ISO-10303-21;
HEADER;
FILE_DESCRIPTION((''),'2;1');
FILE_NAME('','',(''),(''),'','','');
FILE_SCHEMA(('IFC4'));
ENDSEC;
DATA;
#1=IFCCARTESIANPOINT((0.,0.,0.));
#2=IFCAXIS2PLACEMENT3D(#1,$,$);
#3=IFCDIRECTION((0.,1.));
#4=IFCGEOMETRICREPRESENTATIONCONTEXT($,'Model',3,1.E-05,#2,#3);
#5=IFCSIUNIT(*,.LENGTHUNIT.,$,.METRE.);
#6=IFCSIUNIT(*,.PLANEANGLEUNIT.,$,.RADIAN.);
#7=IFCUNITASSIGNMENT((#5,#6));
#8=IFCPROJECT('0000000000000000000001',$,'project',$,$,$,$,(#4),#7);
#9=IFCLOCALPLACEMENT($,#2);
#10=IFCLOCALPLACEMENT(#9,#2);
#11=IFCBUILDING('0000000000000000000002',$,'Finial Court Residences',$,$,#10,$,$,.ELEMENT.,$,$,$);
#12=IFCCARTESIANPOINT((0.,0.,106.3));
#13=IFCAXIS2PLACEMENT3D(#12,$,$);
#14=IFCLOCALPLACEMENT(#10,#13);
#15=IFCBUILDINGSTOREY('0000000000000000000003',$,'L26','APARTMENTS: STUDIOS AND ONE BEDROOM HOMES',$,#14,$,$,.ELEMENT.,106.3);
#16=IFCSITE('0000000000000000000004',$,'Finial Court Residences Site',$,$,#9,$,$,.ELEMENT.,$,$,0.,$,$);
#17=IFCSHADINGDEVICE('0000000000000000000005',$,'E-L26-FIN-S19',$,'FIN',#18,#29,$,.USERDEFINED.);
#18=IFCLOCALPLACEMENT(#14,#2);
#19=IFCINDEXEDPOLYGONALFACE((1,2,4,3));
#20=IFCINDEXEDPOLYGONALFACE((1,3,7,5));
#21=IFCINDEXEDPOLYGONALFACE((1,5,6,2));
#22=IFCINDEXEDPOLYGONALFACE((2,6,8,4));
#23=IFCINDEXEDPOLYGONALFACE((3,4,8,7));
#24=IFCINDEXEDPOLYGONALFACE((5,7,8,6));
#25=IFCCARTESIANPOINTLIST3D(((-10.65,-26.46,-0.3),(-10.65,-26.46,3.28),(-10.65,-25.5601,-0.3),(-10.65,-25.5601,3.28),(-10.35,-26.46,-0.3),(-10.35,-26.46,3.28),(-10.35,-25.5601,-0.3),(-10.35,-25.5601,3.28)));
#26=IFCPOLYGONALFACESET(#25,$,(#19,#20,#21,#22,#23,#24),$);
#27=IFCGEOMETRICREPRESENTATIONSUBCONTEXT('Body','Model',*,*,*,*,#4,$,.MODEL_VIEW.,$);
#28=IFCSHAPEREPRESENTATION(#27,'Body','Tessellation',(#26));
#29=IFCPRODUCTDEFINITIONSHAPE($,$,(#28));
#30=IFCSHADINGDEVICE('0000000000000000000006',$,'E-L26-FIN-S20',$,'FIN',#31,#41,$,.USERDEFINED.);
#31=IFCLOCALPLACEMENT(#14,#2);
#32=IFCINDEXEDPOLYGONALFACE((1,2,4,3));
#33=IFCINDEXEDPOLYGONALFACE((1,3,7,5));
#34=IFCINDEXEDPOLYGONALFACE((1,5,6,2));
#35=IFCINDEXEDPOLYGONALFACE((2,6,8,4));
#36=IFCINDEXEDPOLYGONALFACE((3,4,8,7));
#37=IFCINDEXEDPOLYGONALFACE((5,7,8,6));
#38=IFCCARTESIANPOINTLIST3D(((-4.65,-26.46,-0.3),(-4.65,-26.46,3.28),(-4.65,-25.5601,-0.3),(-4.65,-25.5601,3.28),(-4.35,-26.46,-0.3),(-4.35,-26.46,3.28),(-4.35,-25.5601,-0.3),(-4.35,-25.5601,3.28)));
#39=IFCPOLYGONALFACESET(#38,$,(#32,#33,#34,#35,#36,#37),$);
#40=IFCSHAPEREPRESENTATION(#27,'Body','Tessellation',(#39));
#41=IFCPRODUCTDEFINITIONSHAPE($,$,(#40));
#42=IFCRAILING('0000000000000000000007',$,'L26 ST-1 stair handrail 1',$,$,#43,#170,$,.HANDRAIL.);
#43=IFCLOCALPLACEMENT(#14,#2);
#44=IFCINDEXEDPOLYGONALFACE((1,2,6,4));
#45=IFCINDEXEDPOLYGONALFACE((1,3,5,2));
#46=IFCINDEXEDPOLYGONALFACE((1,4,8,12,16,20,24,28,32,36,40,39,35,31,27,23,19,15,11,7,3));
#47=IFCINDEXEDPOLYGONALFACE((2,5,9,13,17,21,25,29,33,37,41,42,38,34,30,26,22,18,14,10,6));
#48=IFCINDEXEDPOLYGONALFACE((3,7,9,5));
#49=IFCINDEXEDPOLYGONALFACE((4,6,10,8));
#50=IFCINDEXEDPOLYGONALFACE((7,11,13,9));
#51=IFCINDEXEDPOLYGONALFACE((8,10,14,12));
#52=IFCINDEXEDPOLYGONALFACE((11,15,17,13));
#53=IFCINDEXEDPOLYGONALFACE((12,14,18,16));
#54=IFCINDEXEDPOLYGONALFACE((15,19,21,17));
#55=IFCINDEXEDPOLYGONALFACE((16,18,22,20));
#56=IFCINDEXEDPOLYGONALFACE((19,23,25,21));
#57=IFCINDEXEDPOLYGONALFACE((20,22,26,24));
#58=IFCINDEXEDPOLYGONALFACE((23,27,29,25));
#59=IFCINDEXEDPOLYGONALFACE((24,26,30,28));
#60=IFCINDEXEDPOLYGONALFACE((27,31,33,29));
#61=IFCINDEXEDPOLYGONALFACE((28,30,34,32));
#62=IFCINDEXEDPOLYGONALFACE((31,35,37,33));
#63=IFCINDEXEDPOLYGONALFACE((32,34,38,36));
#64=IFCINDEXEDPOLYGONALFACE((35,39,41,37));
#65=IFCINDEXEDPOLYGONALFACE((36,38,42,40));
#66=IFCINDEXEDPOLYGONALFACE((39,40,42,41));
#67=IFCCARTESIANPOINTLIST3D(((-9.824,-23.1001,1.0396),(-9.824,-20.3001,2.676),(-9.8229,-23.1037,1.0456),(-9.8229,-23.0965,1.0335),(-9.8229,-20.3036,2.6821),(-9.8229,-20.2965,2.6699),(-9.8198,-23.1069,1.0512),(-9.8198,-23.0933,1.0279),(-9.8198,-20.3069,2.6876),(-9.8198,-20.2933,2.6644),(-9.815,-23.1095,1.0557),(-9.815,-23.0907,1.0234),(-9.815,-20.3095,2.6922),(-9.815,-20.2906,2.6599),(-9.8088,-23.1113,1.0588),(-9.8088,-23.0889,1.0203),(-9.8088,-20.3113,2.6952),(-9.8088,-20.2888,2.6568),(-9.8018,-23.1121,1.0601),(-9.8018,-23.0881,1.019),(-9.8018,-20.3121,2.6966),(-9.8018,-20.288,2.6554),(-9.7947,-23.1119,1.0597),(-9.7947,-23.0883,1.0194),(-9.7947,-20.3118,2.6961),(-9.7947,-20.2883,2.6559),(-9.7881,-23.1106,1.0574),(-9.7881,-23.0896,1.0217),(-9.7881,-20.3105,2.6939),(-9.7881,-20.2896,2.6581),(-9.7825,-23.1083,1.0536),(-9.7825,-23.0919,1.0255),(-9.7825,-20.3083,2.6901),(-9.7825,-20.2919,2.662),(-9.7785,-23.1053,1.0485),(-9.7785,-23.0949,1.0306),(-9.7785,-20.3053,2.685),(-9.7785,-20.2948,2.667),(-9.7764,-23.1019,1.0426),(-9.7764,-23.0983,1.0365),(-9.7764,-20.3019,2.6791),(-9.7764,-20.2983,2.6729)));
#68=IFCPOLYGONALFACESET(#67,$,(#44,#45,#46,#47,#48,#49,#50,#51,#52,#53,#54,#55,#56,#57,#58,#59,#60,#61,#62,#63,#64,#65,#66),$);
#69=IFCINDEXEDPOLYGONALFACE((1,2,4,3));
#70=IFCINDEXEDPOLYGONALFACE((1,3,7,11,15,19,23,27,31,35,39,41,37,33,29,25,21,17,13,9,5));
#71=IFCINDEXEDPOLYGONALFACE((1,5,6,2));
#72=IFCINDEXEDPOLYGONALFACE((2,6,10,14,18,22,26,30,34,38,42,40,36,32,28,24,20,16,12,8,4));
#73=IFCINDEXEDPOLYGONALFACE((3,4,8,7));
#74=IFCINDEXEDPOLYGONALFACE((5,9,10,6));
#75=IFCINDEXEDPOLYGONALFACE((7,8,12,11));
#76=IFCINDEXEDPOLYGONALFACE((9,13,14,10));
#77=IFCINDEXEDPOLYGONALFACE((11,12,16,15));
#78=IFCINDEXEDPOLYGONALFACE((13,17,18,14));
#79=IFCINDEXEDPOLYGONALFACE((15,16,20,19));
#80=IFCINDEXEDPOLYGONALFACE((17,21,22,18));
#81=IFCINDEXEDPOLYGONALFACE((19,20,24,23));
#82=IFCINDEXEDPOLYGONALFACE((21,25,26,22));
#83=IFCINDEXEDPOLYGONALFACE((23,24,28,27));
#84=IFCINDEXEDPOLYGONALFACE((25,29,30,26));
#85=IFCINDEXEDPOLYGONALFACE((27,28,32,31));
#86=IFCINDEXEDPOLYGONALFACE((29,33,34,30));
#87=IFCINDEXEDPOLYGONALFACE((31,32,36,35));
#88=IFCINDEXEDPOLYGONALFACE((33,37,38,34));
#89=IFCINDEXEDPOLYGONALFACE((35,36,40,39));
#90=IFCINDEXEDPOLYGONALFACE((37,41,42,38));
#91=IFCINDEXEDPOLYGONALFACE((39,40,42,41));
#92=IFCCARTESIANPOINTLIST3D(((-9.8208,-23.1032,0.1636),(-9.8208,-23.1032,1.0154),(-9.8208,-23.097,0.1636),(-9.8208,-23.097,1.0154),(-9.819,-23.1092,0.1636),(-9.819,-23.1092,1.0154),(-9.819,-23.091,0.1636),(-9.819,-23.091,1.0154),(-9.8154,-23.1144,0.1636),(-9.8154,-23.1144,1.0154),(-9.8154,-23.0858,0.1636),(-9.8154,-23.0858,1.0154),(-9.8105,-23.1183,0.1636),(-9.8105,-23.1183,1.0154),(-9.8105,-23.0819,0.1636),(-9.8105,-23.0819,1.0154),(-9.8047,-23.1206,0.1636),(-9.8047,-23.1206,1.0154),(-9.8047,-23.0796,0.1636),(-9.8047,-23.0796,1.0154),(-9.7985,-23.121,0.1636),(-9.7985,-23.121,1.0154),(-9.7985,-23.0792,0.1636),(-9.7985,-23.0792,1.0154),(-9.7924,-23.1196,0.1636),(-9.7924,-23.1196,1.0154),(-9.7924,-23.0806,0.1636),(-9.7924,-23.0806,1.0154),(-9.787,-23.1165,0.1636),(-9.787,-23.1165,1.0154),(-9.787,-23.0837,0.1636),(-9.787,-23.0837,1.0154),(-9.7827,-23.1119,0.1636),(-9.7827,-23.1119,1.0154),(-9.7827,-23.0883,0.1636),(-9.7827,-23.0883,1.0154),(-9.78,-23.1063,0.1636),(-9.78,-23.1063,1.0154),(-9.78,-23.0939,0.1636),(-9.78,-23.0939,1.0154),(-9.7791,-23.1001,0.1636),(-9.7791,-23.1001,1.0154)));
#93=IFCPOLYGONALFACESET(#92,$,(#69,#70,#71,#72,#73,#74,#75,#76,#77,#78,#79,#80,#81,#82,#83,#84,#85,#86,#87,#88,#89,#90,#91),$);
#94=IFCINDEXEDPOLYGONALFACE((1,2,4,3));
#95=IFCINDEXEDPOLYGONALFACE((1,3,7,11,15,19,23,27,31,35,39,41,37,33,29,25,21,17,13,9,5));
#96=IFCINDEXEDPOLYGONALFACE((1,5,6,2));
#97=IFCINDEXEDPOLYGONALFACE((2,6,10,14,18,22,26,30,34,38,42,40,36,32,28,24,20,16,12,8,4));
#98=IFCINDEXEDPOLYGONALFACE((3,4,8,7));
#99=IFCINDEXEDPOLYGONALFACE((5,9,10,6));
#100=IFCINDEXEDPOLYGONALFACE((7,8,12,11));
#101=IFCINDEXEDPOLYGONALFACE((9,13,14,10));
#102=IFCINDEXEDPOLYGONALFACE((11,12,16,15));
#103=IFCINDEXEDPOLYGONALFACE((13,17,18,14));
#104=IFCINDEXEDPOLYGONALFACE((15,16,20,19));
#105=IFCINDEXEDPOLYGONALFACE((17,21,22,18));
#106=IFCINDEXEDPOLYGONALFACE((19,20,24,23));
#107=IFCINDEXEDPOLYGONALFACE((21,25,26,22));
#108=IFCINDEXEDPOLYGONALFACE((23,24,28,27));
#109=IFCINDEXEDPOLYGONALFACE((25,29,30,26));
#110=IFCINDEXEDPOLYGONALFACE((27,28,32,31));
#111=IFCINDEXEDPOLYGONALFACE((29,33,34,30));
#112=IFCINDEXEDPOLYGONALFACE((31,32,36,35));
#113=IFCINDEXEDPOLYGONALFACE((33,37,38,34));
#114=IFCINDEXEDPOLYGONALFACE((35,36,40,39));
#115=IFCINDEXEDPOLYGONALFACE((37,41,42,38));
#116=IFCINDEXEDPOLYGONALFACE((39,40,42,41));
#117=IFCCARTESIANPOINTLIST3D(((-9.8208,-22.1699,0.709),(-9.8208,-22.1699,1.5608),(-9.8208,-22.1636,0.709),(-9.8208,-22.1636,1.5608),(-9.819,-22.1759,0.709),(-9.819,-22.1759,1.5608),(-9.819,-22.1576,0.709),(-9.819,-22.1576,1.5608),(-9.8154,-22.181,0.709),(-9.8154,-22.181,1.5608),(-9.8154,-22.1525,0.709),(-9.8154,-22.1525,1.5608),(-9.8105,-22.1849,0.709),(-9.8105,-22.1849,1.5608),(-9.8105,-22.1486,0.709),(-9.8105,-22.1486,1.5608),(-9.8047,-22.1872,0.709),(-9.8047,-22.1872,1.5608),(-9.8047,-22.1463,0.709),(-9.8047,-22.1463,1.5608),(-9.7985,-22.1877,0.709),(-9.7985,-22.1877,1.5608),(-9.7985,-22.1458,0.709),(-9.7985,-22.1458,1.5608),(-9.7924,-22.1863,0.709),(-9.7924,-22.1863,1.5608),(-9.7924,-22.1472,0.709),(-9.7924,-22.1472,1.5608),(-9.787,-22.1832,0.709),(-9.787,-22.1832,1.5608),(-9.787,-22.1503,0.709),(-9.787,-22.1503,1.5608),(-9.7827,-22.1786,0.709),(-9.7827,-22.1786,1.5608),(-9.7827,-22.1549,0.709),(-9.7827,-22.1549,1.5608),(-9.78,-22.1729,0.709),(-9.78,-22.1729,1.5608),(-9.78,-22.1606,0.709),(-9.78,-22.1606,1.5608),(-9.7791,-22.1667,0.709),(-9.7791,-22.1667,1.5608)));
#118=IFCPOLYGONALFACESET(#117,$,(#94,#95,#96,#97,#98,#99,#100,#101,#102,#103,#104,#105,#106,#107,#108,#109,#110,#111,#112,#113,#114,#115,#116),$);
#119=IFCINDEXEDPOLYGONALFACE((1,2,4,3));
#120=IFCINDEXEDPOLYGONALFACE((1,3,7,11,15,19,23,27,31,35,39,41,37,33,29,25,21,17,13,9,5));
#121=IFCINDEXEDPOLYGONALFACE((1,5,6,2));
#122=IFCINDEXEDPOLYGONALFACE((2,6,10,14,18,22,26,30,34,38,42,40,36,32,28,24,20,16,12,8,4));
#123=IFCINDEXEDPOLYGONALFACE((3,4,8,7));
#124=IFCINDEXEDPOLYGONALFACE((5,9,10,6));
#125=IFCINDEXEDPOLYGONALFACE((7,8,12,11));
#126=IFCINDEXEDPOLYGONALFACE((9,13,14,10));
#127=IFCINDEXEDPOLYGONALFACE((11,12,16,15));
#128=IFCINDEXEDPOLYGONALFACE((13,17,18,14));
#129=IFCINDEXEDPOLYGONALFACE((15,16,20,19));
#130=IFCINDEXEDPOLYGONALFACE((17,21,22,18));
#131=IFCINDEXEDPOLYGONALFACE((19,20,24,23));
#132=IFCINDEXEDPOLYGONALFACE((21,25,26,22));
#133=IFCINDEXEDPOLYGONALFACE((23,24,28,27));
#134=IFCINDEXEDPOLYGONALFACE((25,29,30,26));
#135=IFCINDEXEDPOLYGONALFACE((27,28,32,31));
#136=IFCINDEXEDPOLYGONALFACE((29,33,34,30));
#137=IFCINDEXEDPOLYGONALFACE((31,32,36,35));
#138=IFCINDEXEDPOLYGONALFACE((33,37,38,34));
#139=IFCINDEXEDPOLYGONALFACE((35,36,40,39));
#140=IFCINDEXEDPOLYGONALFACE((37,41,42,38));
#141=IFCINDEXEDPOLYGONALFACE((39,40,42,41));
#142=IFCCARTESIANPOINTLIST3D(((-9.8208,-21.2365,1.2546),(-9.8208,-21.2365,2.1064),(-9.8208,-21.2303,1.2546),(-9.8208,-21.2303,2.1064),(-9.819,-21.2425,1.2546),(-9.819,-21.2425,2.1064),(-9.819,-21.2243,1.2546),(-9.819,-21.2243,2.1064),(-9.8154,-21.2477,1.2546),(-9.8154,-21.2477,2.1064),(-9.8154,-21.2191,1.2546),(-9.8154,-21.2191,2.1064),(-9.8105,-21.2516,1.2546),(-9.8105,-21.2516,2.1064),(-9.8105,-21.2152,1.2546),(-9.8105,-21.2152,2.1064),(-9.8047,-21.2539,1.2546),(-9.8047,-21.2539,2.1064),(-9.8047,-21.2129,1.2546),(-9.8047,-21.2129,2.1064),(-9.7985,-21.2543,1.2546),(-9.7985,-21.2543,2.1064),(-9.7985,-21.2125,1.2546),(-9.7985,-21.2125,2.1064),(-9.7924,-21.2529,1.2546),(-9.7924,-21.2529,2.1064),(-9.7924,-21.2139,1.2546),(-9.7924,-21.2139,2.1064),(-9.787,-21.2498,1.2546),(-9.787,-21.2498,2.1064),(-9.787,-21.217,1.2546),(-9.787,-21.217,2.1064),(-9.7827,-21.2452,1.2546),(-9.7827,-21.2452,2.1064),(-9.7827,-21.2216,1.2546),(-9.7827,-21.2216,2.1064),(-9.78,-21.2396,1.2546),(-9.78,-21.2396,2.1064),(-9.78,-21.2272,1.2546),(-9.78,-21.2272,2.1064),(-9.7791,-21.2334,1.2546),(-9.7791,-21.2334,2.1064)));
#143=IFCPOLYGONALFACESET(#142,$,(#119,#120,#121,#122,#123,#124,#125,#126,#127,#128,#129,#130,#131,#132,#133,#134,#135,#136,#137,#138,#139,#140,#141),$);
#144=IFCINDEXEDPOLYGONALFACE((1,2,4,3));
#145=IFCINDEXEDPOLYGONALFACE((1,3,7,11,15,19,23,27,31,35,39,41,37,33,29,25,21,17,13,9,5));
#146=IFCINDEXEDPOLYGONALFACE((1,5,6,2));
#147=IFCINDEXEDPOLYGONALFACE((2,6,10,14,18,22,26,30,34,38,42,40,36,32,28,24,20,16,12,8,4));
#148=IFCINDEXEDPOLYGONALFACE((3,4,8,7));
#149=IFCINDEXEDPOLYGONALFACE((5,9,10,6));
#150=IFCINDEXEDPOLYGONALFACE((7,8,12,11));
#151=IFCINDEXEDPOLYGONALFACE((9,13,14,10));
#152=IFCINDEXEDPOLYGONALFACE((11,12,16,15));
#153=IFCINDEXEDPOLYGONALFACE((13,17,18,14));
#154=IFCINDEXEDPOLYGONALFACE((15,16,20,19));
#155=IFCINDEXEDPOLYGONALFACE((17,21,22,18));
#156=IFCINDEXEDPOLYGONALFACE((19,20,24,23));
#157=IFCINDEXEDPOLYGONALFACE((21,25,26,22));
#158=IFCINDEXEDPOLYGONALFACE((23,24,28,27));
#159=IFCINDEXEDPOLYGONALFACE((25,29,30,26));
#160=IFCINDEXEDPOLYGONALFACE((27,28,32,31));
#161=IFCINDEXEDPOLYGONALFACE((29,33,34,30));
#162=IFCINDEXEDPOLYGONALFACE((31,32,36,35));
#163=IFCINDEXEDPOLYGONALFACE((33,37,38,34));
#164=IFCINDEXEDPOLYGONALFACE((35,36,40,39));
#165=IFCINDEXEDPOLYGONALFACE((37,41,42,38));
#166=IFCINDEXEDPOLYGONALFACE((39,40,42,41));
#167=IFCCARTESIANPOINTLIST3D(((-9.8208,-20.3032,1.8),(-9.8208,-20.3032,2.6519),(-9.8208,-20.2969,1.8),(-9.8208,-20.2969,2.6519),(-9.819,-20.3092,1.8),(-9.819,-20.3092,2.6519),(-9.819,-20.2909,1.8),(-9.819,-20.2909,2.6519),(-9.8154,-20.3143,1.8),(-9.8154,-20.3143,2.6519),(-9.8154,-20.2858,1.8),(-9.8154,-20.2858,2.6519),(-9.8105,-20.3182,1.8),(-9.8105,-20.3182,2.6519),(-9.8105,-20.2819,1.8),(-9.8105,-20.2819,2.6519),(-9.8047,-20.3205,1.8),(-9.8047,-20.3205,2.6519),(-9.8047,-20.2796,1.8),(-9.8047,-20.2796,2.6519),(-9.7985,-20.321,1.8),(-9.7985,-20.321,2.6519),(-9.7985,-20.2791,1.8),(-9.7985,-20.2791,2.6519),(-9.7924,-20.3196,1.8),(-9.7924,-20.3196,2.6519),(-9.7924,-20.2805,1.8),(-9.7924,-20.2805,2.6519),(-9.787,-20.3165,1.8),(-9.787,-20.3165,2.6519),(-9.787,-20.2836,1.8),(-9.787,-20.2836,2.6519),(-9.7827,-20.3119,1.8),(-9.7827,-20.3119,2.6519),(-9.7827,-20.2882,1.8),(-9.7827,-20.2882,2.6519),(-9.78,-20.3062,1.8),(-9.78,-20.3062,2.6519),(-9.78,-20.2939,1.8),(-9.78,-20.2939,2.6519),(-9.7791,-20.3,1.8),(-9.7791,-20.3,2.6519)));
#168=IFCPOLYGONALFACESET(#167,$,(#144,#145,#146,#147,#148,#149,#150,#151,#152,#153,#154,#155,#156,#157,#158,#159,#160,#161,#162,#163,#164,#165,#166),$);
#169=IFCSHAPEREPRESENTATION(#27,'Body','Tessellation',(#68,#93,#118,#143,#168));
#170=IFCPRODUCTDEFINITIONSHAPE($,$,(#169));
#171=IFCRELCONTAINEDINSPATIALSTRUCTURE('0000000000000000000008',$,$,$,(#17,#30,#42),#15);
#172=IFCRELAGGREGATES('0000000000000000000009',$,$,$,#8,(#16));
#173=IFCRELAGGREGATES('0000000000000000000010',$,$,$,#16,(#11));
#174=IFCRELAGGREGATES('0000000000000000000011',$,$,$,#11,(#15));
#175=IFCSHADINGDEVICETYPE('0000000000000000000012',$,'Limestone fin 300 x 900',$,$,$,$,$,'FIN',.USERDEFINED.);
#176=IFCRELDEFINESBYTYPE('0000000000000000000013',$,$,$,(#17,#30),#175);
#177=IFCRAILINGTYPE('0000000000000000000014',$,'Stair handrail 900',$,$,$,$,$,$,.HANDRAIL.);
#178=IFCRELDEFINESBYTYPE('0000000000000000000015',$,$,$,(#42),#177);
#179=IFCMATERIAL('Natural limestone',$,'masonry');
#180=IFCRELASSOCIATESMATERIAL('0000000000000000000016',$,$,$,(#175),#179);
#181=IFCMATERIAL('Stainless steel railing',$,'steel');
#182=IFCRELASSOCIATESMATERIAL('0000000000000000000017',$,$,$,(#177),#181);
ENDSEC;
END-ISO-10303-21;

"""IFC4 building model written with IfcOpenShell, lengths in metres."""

from ifc_helpers import new_model, si_unit, direction, frame, origin, origin_2d, place, context, subcontext, project, spatial, rectangle, circle, extrude, material, type_object, element, save


model = new_model("IFC4")

# Units and contexts
model_context = context("Model", 3, precision=1e-05, world=origin(), true_north=direction((0.0, 1.0)))
body_context = subcontext(model_context, "Body", "Model", "MODEL_VIEW")
ifc_project = project(units=[si_unit("LENGTHUNIT", "METRE"), si_unit("PLANEANGLEUNIT", "RADIAN")], contexts=[model_context])

# Site, building, storey
site_placement = place(None, origin())
site = spatial("IfcSite", under=ifc_project, at=site_placement, Name="Finial Court Residences Site", CompositionType="ELEMENT", RefElevation=0.0)
building_placement = place(site_placement, origin())
building = spatial("IfcBuilding", under=site, at=building_placement, Name="Finial Court Residences", CompositionType="ELEMENT")
storey_placement = place(building_placement, frame((0.0, 0.0, 106.3)))
storey = spatial("IfcBuildingStorey", under=building, at=storey_placement, Name="L26", Description="APARTMENTS: STUDIOS AND ONE BEDROOM HOMES", CompositionType="ELEMENT", Elevation=106.3)

# Shading devices
ifc_material_1 = material(Name="Natural limestone", Category="masonry")
shading_device_type = type_object("IfcShadingDeviceType", Name="Limestone fin 300 x 900", ElementType="FIN", PredefinedType="USERDEFINED", material=ifc_material_1)
for number, where, z_axis, x_axis, name in (
    (1, (-10.5, -26.01, -0.3), (0.0, 0.0, 1.0), (1.0, 0.0, 0.0), "E-L26-FIN-S19"),
    (2, (-4.5, -26.01, -0.3), (0.0, 0.0, 1.0), (1.0, 0.0, 0.0), "E-L26-FIN-S20"),
):
    element("IfcShadingDevice", number, at=place(storey_placement, frame(where, z_axis=z_axis, x_axis=x_axis)), inside=storey, type_object=shading_device_type, Name=name, ObjectType="FIN", PredefinedType="USERDEFINED", context=body_context, shape_type="SweptSolid", body=[
        extrude(rectangle(XDim=0.3, YDim=0.8999, at=origin_2d()), origin(), (0.0, 0.0, 1.0), 3.5801),
    ])

# Railing
ifc_material_2 = material(Name="Stainless steel railing", Category="steel")
railing_type = type_object("IfcRailingType", Name="Stair handrail 900", PredefinedType="HANDRAIL", material=ifc_material_2)
railing_placement = place(storey_placement, frame((-9.8, -23.1001, 0.1636)))
element("IfcRailing", 3, at=railing_placement, inside=storey, type_object=railing_type, Name="L26 ST-1 stair handrail 1", PredefinedType="HANDRAIL", context=body_context, shape_type="SweptSolid", body=[
    extrude(circle(Radius=0.0239, at=origin_2d()), frame((0.0, 0.0, 0.876), z_axis=(0.0, 0.863361, 0.504587), x_axis=(-1.0, 0.0, 0.0)), (0.0, 0.0, 1.0), 3.2432),
    extrude(circle(Radius=0.021, at=origin_2d()), origin(), (0.0, 0.0, 1.0), 0.8518),
    extrude(circle(Radius=0.021, at=origin_2d()), frame((0.0, 0.9333, 0.5454)), (0.0, 0.0, 1.0), 0.8518),
    extrude(circle(Radius=0.021, at=origin_2d()), frame((0.0, 1.8667, 1.0911)), (0.0, 0.0, 1.0), 0.8518),
    extrude(circle(Radius=0.021, at=origin_2d()), frame((0.0, 2.8, 1.6365)), (0.0, 0.0, 1.0), 0.8518),
])

save(model, "model.ifc")
